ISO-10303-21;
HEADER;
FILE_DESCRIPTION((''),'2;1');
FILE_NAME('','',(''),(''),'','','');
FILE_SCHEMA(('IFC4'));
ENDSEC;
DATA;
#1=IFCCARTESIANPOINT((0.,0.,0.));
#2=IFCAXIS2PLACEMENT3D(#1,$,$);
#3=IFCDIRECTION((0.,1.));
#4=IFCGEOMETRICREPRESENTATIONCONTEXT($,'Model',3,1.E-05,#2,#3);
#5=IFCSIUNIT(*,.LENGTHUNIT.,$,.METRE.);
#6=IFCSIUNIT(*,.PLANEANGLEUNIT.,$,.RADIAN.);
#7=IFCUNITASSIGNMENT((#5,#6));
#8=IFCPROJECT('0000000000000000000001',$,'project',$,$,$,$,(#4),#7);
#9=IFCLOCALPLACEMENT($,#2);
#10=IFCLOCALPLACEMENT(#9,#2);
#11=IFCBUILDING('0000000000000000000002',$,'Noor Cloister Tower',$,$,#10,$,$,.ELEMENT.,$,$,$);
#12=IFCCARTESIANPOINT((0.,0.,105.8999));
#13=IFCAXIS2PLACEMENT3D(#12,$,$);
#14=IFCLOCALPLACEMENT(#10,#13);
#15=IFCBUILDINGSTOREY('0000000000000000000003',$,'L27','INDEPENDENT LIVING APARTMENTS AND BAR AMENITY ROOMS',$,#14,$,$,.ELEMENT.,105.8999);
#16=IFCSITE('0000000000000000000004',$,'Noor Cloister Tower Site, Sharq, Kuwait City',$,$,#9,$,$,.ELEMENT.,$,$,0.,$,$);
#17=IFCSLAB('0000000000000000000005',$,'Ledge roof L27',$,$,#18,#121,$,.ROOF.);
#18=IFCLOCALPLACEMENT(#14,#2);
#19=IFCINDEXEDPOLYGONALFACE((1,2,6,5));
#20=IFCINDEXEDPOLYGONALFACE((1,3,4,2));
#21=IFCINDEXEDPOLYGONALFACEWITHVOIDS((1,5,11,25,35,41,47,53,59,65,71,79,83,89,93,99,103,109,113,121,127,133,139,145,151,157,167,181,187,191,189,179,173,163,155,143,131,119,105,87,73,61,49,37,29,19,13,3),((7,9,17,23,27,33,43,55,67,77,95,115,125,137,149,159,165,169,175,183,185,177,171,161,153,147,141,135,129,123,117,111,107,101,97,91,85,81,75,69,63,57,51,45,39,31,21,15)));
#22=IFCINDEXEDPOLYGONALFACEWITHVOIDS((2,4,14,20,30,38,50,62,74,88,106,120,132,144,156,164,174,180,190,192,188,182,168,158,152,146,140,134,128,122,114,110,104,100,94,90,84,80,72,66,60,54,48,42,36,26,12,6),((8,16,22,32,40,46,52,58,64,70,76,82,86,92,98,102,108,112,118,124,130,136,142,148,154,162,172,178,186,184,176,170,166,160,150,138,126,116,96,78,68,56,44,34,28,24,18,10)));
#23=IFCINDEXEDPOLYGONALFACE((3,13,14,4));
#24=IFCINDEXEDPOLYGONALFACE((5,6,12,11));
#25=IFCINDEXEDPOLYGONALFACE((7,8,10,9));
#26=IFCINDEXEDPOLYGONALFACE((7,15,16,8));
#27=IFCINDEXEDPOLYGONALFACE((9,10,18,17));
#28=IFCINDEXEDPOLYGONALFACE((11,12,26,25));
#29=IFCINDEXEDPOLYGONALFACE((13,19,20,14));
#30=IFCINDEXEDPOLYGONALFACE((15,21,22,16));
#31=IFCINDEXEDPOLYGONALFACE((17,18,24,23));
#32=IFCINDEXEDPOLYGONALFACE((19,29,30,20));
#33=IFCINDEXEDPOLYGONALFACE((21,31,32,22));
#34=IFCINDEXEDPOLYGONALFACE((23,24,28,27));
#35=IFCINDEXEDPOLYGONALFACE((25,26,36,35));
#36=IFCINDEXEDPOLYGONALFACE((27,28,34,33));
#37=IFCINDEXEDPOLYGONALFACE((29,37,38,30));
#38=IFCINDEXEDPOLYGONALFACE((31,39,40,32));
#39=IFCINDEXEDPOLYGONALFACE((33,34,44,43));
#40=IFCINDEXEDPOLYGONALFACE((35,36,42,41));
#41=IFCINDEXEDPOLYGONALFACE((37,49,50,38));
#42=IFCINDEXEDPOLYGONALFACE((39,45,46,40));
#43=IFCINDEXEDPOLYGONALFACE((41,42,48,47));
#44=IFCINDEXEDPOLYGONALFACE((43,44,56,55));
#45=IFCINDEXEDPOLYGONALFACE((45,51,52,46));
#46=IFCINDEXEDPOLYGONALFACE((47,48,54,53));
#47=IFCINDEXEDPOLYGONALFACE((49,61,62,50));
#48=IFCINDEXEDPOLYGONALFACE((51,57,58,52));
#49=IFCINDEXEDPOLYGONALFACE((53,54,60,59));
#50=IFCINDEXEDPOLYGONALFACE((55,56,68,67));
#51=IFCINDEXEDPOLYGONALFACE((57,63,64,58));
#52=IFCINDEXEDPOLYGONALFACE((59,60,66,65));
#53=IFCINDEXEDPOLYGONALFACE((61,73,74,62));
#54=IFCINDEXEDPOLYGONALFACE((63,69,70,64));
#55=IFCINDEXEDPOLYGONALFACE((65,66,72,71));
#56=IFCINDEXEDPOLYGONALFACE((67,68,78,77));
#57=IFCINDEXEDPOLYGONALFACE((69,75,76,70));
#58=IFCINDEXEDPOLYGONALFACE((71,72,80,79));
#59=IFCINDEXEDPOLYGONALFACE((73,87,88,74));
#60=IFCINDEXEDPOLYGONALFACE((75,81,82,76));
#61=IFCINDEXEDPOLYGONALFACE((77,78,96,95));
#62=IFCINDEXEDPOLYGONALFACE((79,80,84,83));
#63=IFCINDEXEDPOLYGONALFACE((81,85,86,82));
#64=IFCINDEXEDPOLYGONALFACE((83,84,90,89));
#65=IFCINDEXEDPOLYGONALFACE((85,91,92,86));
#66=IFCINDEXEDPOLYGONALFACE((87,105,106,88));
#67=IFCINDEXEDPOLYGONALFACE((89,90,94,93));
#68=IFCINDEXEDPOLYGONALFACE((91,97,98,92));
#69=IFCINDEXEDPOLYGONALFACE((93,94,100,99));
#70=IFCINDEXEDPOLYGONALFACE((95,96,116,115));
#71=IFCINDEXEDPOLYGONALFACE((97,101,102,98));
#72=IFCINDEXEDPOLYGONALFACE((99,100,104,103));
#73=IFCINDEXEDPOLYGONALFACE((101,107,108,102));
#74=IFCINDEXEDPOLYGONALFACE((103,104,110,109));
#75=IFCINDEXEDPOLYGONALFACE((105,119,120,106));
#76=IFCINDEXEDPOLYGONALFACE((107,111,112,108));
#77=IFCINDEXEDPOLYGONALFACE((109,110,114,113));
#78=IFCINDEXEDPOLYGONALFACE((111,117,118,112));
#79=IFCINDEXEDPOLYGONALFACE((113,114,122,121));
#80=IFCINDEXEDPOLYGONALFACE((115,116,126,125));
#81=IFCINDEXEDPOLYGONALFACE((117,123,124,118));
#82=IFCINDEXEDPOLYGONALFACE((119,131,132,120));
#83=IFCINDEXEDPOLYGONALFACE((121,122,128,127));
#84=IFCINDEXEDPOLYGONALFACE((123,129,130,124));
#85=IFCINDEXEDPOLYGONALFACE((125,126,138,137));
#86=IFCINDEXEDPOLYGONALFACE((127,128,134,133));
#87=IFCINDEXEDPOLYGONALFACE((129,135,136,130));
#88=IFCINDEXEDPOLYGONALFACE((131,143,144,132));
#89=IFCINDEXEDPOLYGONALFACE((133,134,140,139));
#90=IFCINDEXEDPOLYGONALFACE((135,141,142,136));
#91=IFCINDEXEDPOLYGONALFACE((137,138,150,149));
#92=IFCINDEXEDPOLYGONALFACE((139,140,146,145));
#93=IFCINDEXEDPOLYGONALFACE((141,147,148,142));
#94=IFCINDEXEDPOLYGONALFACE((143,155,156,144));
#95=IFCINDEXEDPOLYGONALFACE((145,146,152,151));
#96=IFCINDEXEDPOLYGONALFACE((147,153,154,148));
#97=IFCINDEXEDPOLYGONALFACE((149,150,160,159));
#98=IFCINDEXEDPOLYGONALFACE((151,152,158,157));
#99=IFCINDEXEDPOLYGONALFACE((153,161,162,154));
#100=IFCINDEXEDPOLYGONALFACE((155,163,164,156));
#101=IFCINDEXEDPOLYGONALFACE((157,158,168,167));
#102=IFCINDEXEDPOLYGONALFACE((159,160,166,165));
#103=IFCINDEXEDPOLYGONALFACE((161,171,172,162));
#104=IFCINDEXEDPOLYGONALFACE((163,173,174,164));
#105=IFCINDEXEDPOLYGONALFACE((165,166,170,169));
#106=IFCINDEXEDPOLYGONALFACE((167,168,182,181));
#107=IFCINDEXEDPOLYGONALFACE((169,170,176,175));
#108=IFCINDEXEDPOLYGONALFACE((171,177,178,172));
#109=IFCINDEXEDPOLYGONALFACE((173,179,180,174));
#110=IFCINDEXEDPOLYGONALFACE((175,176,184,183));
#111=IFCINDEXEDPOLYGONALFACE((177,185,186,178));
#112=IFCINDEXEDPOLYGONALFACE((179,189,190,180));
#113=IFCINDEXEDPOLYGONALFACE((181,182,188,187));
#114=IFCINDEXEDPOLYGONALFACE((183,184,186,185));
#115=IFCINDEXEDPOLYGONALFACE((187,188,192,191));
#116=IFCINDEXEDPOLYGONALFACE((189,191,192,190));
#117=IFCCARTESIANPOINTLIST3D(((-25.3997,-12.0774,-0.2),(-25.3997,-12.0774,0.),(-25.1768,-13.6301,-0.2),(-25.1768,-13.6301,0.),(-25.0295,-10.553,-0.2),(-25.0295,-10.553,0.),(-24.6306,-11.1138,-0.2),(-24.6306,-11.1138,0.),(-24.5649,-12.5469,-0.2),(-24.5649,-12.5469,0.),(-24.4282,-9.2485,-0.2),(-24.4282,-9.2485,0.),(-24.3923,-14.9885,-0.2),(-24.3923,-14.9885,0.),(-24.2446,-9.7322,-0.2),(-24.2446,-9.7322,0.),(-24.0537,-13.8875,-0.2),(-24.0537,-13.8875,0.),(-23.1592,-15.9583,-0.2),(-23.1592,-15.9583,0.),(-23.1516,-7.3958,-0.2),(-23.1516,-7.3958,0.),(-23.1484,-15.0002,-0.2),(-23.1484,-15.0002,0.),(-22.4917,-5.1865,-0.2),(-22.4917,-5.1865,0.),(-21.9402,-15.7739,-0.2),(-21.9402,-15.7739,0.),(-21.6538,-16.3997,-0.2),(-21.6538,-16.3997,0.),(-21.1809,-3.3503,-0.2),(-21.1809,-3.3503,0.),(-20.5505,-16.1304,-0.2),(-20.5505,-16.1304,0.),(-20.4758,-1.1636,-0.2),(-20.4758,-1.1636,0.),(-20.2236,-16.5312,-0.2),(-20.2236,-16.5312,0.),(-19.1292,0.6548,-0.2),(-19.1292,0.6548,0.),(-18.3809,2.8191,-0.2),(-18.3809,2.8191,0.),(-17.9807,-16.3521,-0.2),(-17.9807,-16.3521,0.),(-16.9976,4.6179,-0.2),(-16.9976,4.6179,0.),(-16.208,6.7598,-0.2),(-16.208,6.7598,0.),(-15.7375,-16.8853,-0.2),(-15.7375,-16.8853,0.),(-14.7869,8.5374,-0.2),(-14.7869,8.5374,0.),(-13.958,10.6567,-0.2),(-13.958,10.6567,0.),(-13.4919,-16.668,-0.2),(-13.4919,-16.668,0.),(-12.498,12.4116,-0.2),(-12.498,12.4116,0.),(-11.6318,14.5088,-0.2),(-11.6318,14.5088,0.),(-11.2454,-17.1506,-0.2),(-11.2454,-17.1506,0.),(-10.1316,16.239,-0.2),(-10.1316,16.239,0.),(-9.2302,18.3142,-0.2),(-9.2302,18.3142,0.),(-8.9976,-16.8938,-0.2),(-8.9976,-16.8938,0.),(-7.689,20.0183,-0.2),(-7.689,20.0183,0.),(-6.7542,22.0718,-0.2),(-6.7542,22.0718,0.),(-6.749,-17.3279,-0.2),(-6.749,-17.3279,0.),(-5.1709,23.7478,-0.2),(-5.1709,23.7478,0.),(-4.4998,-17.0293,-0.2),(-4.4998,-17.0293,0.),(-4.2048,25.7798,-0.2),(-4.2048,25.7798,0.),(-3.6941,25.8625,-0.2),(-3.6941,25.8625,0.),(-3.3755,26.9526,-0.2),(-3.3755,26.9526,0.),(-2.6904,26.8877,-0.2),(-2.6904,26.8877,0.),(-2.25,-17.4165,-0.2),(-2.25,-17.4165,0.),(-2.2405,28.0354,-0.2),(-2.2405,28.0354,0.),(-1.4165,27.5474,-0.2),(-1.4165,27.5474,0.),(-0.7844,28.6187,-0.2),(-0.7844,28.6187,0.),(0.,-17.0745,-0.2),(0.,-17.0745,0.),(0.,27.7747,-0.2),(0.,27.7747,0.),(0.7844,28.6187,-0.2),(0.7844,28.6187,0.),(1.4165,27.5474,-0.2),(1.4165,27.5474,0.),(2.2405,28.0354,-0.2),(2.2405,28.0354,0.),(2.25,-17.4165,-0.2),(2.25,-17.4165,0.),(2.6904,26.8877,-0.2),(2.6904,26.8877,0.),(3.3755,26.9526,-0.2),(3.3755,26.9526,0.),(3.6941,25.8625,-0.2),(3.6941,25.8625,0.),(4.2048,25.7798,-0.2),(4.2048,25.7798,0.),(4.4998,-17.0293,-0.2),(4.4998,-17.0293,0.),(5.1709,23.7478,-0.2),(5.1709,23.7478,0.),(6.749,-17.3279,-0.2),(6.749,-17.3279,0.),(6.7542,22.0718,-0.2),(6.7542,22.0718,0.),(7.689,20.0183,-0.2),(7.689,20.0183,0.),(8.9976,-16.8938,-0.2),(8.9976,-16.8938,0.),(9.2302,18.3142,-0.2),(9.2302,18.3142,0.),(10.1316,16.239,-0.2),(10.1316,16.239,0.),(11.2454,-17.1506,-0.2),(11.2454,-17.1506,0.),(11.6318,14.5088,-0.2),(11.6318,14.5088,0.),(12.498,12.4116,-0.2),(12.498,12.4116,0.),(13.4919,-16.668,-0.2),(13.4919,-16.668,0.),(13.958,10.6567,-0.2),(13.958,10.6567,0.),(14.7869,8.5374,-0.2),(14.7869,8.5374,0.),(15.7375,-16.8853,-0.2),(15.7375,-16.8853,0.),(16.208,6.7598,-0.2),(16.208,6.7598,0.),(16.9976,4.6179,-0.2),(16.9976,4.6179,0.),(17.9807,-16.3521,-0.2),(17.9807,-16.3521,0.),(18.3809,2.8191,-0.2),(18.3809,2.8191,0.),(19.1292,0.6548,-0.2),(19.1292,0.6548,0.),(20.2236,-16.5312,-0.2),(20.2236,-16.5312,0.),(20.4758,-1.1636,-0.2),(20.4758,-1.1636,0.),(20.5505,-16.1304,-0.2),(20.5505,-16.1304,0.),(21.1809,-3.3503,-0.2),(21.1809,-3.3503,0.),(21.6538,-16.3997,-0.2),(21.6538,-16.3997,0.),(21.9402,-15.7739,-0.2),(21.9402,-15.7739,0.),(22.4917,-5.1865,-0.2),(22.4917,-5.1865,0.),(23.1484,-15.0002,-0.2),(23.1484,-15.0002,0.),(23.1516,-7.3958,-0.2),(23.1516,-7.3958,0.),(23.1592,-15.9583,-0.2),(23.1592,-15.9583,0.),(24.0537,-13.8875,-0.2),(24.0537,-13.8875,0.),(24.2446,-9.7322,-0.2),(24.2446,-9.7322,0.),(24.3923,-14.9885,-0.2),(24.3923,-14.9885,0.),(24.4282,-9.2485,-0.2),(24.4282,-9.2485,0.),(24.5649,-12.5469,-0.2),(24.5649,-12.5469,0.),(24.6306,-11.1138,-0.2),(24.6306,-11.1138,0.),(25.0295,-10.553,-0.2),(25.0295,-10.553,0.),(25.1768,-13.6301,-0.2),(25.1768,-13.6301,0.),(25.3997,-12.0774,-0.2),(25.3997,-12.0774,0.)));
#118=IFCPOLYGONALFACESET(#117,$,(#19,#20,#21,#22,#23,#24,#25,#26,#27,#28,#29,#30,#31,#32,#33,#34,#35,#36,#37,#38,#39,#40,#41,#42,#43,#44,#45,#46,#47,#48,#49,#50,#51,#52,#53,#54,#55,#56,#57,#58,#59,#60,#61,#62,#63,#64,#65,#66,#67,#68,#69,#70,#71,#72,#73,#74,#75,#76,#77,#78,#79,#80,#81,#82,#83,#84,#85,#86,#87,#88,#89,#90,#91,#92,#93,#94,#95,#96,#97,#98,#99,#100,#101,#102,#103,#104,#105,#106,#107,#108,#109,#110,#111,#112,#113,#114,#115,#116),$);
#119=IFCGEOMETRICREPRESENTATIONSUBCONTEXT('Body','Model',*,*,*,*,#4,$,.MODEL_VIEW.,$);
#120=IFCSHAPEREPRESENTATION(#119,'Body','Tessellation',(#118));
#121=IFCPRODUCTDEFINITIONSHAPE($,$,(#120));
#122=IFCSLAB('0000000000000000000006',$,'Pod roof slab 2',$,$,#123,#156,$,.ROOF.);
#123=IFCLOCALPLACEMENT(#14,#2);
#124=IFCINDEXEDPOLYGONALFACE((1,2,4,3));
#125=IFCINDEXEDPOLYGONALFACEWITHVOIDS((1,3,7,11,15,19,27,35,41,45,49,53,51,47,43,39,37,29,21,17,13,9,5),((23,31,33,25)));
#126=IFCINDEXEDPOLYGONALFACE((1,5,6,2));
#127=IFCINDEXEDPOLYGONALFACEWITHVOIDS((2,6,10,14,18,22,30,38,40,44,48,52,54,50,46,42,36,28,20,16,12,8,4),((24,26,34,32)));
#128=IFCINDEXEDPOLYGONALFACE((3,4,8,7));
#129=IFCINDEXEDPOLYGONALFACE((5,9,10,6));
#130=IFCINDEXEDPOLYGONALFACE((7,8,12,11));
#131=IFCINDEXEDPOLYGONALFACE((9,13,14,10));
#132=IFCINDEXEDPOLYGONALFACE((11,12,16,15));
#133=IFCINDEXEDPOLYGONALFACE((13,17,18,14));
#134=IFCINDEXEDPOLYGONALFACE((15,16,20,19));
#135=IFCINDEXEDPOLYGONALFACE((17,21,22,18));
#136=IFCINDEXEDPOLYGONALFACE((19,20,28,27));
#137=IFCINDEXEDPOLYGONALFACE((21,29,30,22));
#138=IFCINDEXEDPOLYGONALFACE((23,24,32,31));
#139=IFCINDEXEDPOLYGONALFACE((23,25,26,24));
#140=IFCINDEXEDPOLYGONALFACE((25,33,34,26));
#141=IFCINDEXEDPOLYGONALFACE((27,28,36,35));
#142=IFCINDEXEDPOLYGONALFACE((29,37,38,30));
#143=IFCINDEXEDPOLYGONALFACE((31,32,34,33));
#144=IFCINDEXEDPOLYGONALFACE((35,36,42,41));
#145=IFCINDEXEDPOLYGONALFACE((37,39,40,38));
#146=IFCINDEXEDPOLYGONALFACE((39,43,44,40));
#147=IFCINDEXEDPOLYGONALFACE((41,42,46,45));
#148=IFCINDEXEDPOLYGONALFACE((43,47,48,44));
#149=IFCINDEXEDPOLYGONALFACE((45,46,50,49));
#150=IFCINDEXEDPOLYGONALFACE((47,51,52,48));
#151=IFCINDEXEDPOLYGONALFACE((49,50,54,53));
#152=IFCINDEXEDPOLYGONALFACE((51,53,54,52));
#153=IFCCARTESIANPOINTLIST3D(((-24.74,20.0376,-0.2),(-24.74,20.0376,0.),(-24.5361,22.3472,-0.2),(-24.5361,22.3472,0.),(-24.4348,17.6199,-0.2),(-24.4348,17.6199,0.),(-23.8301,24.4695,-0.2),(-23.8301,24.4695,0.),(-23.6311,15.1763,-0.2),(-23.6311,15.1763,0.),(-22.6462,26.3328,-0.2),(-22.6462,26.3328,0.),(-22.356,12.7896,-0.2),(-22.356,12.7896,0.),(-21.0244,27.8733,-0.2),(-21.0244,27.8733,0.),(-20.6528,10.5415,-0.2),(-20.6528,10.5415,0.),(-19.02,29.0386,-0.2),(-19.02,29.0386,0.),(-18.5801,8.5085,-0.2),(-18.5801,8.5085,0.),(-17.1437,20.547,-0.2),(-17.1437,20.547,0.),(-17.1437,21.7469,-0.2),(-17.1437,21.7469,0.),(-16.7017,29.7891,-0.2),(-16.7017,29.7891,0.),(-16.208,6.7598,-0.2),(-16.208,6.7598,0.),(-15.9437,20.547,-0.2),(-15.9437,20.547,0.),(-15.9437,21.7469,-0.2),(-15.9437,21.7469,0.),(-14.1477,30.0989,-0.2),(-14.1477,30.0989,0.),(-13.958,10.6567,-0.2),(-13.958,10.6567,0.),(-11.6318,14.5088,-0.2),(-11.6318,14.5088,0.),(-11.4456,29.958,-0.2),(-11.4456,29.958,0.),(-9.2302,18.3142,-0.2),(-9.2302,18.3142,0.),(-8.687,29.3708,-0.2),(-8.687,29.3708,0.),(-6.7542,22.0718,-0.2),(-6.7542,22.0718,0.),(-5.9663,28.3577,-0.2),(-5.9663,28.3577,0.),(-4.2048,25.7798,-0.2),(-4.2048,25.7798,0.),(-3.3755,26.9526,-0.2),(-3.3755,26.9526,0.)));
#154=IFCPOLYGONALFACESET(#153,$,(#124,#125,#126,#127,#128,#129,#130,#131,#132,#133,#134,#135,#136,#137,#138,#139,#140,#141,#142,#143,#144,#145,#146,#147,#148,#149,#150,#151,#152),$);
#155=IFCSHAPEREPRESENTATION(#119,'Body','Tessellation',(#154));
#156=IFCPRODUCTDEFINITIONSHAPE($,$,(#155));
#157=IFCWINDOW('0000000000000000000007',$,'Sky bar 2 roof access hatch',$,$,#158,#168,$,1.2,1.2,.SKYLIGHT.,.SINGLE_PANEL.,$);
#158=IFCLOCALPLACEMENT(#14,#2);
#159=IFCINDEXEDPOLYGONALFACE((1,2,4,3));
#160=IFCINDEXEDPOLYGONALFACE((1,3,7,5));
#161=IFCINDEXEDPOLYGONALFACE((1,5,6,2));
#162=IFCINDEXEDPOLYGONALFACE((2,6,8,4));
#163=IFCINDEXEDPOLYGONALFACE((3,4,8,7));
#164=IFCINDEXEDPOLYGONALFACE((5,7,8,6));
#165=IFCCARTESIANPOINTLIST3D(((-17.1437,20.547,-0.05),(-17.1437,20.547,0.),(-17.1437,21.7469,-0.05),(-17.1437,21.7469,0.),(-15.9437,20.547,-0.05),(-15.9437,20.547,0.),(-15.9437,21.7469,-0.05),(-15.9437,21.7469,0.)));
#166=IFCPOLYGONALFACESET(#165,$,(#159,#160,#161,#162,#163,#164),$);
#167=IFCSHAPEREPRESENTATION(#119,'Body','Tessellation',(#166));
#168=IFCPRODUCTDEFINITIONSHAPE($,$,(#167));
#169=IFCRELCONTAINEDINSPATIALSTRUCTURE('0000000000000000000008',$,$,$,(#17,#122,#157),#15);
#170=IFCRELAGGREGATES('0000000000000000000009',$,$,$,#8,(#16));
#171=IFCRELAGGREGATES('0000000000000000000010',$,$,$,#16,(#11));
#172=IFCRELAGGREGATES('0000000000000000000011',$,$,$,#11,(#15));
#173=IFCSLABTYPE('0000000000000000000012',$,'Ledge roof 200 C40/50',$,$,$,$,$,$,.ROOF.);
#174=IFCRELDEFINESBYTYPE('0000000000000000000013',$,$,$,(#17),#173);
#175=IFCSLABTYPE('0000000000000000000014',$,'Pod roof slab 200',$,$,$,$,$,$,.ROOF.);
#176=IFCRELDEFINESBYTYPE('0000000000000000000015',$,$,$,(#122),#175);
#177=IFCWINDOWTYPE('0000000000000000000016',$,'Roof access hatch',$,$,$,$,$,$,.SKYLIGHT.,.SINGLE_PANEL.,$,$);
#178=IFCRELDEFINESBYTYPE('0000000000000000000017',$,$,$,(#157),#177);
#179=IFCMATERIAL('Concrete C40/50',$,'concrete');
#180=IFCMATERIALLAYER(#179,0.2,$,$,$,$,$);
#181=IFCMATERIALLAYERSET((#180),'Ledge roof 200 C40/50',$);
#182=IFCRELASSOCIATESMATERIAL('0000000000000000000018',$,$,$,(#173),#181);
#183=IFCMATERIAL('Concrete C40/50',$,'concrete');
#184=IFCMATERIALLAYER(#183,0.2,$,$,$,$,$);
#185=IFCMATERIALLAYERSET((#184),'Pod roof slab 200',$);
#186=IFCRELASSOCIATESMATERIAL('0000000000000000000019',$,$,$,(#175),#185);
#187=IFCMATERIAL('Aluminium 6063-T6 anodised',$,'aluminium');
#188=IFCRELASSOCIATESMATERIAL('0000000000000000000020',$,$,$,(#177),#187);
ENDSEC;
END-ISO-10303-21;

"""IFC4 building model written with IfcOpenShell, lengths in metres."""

from ifc_helpers import new_model, si_unit, direction, frame, origin, origin_2d, place, context, subcontext, project, spatial, polyline, rectangle, outline, extrude, material, layer, layer_set, type_object, element, fill, save


model = new_model("IFC4")

# Units and contexts
model_context = context("Model", 3, precision=1e-05, world=origin(), true_north=direction((0.0, 1.0)))
body_context = subcontext(model_context, "Body", "Model", "MODEL_VIEW")
ifc_project = project(units=[si_unit("LENGTHUNIT", "METRE"), si_unit("PLANEANGLEUNIT", "RADIAN")], contexts=[model_context])

# Site, building, storey
site_placement = place(None, origin())
site = spatial("IfcSite", under=ifc_project, at=site_placement, Name="Noor Cloister Tower Site, Sharq, Kuwait City", CompositionType="ELEMENT", RefElevation=0.0)
building_placement = place(site_placement, origin())
building = spatial("IfcBuilding", under=site, at=building_placement, Name="Noor Cloister Tower", CompositionType="ELEMENT")
storey_placement = place(building_placement, frame((0.0, 0.0, 105.8999)))
storey = spatial("IfcBuildingStorey", under=building, at=storey_placement, Name="L27", Description="INDEPENDENT LIVING APARTMENTS AND BAR AMENITY ROOMS", CompositionType="ELEMENT", Elevation=105.8999)

# Slab
ifc_material_1 = material(Name="Concrete C40/50", Category="concrete")
ifc_layer_1 = layer(ifc_material_1, 0.2)
ifc_layer_set_1 = layer_set([ifc_layer_1], Name="Ledge roof 200 C40/50")
slab_type_1 = type_object("IfcSlabType", Name="Ledge roof 200 C40/50", PredefinedType="ROOF", material=ifc_layer_set_1)
slab_1_placement = place(storey_placement, frame((0.0, 0.0, -0.2)))
element("IfcSlab", 1, at=slab_1_placement, inside=storey, type_object=slab_type_1, Name="Ledge roof L27", PredefinedType="ROOF", context=body_context, shape_type="SweptSolid", body=[
    extrude(outline(polyline([(4.2048, 25.7798), (3.3755, 26.9526), (2.2405, 28.0354), (0.7844, 28.6187), (-0.7844, 28.6187), (-2.2405, 28.0354), (-3.3755, 26.9526), (-4.2048, 25.7798), (-6.7542, 22.0718), (-9.2302, 18.3142), (-11.6318, 14.5088), (-13.958, 10.6567), (-16.208, 6.7598), (-18.3809, 2.8191), (-20.4758, -1.1636), (-22.4917, -5.1865), (-24.4282, -9.2485), (-25.0295, -10.553), (-25.3997, -12.0774), (-25.1768, -13.6301), (-24.3923, -14.9885), (-23.1592, -15.9583), (-21.6538, -16.3997), (-20.2236, -16.5312), (-15.7375, -16.8853), (-11.2454, -17.1506), (-6.749, -17.3279), (-2.25, -17.4165), (2.25, -17.4165), (6.749, -17.3279), (11.2454, -17.1506), (15.7375, -16.8853), (20.2236, -16.5312), (21.6538, -16.3997), (23.1592, -15.9583), (24.3923, -14.9885), (25.1768, -13.6301), (25.3997, -12.0774), (25.0295, -10.553), (24.4282, -9.2485), (22.4917, -5.1865), (20.4758, -1.1636), (18.3809, 2.8191), (16.208, 6.7598), (13.958, 10.6567), (11.6318, 14.5088), (9.2302, 18.3142), (6.7542, 22.0718), (4.2048, 25.7798)]), holes=[polyline([(1.4165, 27.5474), (0.0, 27.7747), (-1.4165, 27.5474), (-2.6904, 26.8877), (-3.6941, 25.8625), (-5.1709, 23.7478), (-7.689, 20.0183), (-10.1316, 16.239), (-12.498, 12.4116), (-14.7869, 8.5374), (-16.9976, 4.6179), (-19.1292, 0.6548), (-21.1809, -3.3503), (-23.1516, -7.3958), (-24.2446, -9.7322), (-24.6306, -11.1138), (-24.5649, -12.5469), (-24.0537, -13.8875), (-23.1484, -15.0002), (-21.9402, -15.7739), (-20.5505, -16.1304), (-17.9807, -16.3521), (-13.4919, -16.668), (-8.9976, -16.8938), (-4.4998, -17.0293), (0.0, -17.0745), (4.4998, -17.0293), (8.9976, -16.8938), (13.4919, -16.668), (17.9807, -16.3521), (20.5505, -16.1304), (21.9402, -15.7739), (23.1484, -15.0002), (24.0537, -13.8875), (24.5649, -12.5469), (24.6306, -11.1138), (24.2446, -9.7322), (23.1516, -7.3958), (21.1809, -3.3503), (19.1292, 0.6548), (16.9976, 4.6179), (14.7869, 8.5374), (12.498, 12.4116), (10.1316, 16.239), (7.689, 20.0183), (5.1709, 23.7478), (3.6941, 25.8625), (2.6904, 26.8877), (1.4165, 27.5474)])]), origin(), (0.0, 0.0, 1.0), 0.2),
])

# Slab, opening, window
ifc_material_2 = material(Name="Concrete C40/50", Category="concrete")
ifc_layer_2 = layer(ifc_material_2, 0.2)
ifc_layer_set_2 = layer_set([ifc_layer_2], Name="Pod roof slab 200")
slab_type_2 = type_object("IfcSlabType", Name="Pod roof slab 200", PredefinedType="ROOF", material=ifc_layer_set_2)
slab_2_placement = place(storey_placement, frame((0.0, 0.0, -0.2)))
slab_2 = element("IfcSlab", 2, at=slab_2_placement, inside=storey, type_object=slab_type_2, Name="Pod roof slab 2", PredefinedType="ROOF", context=body_context, shape_type="SweptSolid", body=[
    extrude(outline(polyline([(-3.3755, 26.9526), (-5.9663, 28.3577), (-8.687, 29.3708), (-11.4456, 29.958), (-14.1477, 30.0989), (-16.7017, 29.7891), (-19.02, 29.0386), (-21.0244, 27.8733), (-22.6462, 26.3328), (-23.8301, 24.4695), (-24.5361, 22.3472), (-24.74, 20.0376), (-24.4348, 17.6199), (-23.6311, 15.1763), (-22.356, 12.7896), (-20.6528, 10.5415), (-18.5801, 8.5085), (-16.208, 6.7598), (-13.958, 10.6567), (-11.6318, 14.5088), (-9.2302, 18.3142), (-6.7542, 22.0718), (-4.2048, 25.7798), (-3.3755, 26.9526)])), origin(), (0.0, 0.0, 1.0), 0.2),
])
opening_1_placement = place(slab_2_placement, frame((-16.5437, 21.147, 0.0)))
opening_1 = element("IfcOpeningElement", 3, at=opening_1_placement, cuts=slab_2, PredefinedType="OPENING", context=body_context, shape_type="SweptSolid", body=[
    extrude(rectangle(XDim=1.2, YDim=1.2, at=origin_2d()), origin(), (0.0, 0.0, 1.0), 0.2),
])
ifc_material_3 = material(Name="Aluminium 6063-T6 anodised", Category="aluminium")
window_type = type_object("IfcWindowType", Name="Roof access hatch", PartitioningType="SINGLE_PANEL", PredefinedType="SKYLIGHT", material=ifc_material_3)
window_placement = place(opening_1_placement, frame((0.0, 0.0, 0.1499)))
window = element("IfcWindow", 4, at=window_placement, inside=storey, type_object=window_type, Name="Sky bar 2 roof access hatch", OverallHeight=1.2, OverallWidth=1.2, PartitioningType="SINGLE_PANEL", PredefinedType="SKYLIGHT", context=body_context, shape_type="SweptSolid", body=[
    extrude(rectangle(XDim=1.2, YDim=1.2, at=origin_2d()), origin(), (0.0, 0.0, 1.0), 0.05),
])
fill(opening_1, window)

save(model, "model.ifc")
